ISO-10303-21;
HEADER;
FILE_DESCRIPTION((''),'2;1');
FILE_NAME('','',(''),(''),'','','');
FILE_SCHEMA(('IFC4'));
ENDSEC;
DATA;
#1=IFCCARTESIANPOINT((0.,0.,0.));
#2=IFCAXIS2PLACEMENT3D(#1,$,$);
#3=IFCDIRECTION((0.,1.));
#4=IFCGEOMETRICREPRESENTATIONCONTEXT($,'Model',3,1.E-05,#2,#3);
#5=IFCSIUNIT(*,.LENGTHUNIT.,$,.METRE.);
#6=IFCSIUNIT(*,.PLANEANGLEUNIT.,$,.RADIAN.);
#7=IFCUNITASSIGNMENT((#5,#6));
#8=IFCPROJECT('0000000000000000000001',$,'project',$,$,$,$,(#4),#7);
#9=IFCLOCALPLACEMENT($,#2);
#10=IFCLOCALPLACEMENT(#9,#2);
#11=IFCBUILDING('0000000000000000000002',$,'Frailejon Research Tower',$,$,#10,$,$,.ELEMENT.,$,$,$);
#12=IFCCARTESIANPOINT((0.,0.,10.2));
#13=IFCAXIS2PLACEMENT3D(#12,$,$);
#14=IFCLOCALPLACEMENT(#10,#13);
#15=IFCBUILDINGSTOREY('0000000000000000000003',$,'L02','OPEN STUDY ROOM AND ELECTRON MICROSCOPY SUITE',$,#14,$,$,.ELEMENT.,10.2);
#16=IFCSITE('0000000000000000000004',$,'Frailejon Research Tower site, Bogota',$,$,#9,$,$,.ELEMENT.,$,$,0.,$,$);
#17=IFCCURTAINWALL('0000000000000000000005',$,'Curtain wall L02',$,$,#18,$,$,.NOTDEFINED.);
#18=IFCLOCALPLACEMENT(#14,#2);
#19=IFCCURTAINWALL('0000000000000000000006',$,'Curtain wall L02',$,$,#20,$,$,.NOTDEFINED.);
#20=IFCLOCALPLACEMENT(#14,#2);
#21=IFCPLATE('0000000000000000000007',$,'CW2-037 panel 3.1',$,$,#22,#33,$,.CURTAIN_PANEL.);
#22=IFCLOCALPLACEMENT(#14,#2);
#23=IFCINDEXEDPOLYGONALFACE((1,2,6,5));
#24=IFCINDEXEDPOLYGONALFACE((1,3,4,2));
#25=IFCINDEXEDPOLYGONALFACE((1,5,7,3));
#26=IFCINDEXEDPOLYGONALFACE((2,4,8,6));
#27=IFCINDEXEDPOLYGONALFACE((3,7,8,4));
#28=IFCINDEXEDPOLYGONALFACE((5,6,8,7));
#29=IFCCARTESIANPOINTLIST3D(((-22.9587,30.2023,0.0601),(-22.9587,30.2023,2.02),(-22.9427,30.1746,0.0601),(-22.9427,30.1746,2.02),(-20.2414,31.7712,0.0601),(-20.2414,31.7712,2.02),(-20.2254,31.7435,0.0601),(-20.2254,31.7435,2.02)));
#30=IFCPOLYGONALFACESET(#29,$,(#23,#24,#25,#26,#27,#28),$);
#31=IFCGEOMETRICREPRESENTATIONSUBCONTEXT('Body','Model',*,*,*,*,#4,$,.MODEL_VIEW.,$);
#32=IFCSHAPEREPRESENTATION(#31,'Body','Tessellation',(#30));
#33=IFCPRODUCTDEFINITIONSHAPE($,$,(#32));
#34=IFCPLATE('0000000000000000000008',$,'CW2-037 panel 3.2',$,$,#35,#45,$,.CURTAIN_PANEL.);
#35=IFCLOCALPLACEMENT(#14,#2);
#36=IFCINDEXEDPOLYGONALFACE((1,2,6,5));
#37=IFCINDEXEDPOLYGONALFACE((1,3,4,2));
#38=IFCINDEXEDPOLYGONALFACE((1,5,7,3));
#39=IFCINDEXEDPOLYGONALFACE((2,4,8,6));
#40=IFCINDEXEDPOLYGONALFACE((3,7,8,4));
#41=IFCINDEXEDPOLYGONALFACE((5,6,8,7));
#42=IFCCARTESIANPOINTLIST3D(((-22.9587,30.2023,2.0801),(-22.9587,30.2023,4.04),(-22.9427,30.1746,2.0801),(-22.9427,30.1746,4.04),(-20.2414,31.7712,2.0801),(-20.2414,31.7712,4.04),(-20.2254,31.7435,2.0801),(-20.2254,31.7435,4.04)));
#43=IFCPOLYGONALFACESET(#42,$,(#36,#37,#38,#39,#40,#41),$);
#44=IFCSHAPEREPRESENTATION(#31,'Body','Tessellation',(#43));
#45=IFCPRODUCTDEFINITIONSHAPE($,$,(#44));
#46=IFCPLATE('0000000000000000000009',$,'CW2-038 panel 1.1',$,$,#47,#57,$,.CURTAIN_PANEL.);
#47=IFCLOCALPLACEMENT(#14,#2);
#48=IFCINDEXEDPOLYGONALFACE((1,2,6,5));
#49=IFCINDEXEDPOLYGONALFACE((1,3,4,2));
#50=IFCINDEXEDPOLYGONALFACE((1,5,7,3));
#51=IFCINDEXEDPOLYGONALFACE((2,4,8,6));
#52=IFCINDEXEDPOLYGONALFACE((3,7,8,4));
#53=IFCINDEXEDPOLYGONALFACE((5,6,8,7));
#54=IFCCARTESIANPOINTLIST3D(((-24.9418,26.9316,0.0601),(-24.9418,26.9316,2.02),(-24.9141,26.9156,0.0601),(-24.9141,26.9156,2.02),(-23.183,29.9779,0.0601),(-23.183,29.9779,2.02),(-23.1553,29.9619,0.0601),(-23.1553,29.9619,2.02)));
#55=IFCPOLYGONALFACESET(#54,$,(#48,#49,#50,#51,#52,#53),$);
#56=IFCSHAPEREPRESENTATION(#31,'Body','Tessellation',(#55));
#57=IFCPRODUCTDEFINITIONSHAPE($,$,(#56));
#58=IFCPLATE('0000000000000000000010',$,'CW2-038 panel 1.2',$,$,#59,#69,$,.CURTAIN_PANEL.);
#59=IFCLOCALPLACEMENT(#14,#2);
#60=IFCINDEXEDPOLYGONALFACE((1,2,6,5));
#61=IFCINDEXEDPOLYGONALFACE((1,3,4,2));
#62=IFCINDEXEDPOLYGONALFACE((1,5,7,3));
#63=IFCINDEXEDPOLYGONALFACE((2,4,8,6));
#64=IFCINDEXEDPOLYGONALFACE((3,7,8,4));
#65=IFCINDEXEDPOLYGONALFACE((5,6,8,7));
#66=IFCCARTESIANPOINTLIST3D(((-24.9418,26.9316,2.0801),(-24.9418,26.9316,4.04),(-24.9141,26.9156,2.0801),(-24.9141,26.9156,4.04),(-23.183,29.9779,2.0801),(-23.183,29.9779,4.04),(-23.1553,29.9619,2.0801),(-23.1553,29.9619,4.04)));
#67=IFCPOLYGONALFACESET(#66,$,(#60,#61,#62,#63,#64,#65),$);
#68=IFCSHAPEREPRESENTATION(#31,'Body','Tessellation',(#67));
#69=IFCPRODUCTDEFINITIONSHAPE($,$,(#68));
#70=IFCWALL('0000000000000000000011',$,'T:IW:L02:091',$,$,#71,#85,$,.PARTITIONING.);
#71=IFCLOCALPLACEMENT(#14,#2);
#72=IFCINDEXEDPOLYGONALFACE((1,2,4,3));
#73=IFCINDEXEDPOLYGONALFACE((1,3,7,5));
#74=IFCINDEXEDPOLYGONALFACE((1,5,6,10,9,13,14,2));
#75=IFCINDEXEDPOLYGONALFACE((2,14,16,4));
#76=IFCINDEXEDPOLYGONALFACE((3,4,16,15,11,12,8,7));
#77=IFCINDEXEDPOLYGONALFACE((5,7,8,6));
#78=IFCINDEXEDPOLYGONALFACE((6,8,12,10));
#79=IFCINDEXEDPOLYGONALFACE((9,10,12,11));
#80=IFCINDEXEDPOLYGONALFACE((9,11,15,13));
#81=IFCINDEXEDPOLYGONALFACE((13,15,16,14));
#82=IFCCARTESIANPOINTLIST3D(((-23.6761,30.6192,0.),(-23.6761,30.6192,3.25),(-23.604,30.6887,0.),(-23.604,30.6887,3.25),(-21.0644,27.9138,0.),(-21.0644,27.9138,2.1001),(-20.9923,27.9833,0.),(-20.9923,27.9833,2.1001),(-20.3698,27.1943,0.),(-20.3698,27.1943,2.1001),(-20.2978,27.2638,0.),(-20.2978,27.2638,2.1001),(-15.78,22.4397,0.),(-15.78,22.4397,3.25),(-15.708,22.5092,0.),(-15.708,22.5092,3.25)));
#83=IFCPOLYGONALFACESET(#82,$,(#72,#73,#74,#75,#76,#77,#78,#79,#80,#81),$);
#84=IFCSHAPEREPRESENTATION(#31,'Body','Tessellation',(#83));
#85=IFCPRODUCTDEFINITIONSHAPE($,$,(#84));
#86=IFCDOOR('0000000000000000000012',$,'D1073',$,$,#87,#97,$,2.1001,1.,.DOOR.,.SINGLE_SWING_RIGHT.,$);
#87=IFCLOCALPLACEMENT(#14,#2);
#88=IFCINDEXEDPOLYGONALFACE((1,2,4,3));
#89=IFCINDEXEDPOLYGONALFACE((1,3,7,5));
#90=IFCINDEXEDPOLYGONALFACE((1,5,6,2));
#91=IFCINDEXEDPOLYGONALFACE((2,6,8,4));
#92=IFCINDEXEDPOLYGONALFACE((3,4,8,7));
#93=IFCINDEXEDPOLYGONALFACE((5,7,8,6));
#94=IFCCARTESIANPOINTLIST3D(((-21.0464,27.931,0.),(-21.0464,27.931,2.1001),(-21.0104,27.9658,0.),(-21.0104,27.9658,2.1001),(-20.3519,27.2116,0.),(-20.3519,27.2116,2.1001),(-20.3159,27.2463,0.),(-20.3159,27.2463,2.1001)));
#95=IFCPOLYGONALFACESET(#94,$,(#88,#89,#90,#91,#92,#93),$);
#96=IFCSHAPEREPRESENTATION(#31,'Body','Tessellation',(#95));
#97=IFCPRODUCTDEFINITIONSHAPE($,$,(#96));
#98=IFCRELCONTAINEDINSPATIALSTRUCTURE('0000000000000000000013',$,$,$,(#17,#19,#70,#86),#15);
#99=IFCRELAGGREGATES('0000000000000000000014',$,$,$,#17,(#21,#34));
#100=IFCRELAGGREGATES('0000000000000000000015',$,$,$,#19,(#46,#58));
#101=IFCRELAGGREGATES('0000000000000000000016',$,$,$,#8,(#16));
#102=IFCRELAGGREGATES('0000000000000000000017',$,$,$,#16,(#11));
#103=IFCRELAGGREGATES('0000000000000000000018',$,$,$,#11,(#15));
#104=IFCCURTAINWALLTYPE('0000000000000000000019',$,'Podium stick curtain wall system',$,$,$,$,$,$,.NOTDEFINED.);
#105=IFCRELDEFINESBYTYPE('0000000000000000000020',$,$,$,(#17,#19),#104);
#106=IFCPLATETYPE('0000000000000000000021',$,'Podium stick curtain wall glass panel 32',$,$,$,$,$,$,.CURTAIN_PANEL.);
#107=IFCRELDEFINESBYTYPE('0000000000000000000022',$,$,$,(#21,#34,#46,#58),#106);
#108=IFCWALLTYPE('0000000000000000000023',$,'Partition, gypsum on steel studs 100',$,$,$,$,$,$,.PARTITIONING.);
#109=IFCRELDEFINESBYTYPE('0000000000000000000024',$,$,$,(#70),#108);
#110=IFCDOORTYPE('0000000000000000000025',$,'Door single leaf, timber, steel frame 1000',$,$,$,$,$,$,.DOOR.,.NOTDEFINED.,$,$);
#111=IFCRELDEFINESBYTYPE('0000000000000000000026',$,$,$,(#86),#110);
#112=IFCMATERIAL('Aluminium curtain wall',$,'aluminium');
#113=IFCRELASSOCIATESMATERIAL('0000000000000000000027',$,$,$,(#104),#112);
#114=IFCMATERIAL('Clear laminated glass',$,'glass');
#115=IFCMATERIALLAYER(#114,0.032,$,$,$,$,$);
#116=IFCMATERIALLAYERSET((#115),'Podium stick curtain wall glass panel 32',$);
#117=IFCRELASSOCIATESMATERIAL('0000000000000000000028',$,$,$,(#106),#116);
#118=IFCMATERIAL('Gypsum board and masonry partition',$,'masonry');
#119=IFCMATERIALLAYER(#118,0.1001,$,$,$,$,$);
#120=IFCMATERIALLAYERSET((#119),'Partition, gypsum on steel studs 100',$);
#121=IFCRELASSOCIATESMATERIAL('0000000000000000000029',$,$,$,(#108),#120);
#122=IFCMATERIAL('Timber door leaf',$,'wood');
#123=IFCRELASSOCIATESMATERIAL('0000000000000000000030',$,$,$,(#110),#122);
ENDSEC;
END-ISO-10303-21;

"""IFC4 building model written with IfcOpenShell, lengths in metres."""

from ifc_helpers import new_model, si_unit, direction, frame, frame_2d, origin, origin_2d, place, context, subcontext, project, spatial, rectangle, extrude, material, layer, layer_set, type_object, element, fill, aggregate, save


model = new_model("IFC4")

# Units and contexts
model_context = context("Model", 3, precision=1e-05, world=origin(), true_north=direction((0.0, 1.0)))
body_context = subcontext(model_context, "Body", "Model", "MODEL_VIEW")
ifc_project = project(units=[si_unit("LENGTHUNIT", "METRE"), si_unit("PLANEANGLEUNIT", "RADIAN")], contexts=[model_context])

# Site, building, storey
site_placement = place(None, origin())
site = spatial("IfcSite", under=ifc_project, at=site_placement, Name="Frailejon Research Tower site, Bogota", CompositionType="ELEMENT", RefElevation=0.0)
building_placement = place(site_placement, origin())
building = spatial("IfcBuilding", under=site, at=building_placement, Name="Frailejon Research Tower", CompositionType="ELEMENT")
storey_placement = place(building_placement, frame((0.0, 0.0, 10.2)))
storey = spatial("IfcBuildingStorey", under=building, at=storey_placement, Name="L02", Description="OPEN STUDY ROOM AND ELECTRON MICROSCOPY SUITE", CompositionType="ELEMENT", Elevation=10.2)

# Curtain wall
ifc_material_1 = material(Name="Aluminium curtain wall", Category="aluminium")
curtain_wall_type = type_object("IfcCurtainWallType", Name="Podium stick curtain wall system", PredefinedType="NOTDEFINED", material=ifc_material_1)
curtain_wall_1_placement = place(storey_placement, origin())
curtain_wall_1 = element("IfcCurtainWall", 1, at=curtain_wall_1_placement, inside=storey, type_object=curtain_wall_type, Name="Curtain wall L02", PredefinedType="NOTDEFINED")

# Curtain wall
curtain_wall_2_placement = place(storey_placement, origin())
curtain_wall_2 = element("IfcCurtainWall", 2, at=curtain_wall_2_placement, inside=storey, type_object=curtain_wall_type, Name="Curtain wall L02", PredefinedType="NOTDEFINED")

# Plates
ifc_material_2 = material(Name="Clear laminated glass", Category="glass")
ifc_layer_1 = layer(ifc_material_2, 0.032)
ifc_layer_set_1 = layer_set([ifc_layer_1], Name="Podium stick curtain wall glass panel 32")
plate_type = type_object("IfcPlateType", Name="Podium stick curtain wall glass panel 32", PredefinedType="CURTAIN_PANEL", material=ifc_layer_set_1)
plate_1_placement = place(storey_placement, frame((-21.592, 30.9729, 0.0601), z_axis=(0.0, 0.0, 1.0), x_axis=(-0.866025, -0.5, 0.0)))
plate_1 = element("IfcPlate", 3, at=plate_1_placement, type_object=plate_type, Name="CW2-037 panel 3.1", PredefinedType="CURTAIN_PANEL", context=body_context, shape_type="SweptSolid", body=[
    extrude(rectangle(XDim=3.1377, YDim=0.032, at=origin_2d()), origin(), (0.0, 0.0, 1.0), 1.96),
])
plate_2_placement = place(storey_placement, frame((-21.592, 30.9729, 2.0801), z_axis=(0.0, 0.0, 1.0), x_axis=(-0.866025, -0.5, 0.0)))
plate_2 = element("IfcPlate", 4, at=plate_2_placement, type_object=plate_type, Name="CW2-037 panel 3.2", PredefinedType="CURTAIN_PANEL", context=body_context, shape_type="SweptSolid", body=[
    extrude(rectangle(XDim=3.1377, YDim=0.032, at=origin_2d()), origin(), (0.0, 0.0, 1.0), 1.96),
])
aggregate(curtain_wall_1, [plate_1, plate_2])
plate_3_placement = place(storey_placement, frame((-24.0486, 28.4468, 0.0601), z_axis=(0.0, 0.0, 1.0), x_axis=(-0.499998, -0.866026, 0.0)))
plate_3 = element("IfcPlate", 5, at=plate_3_placement, type_object=plate_type, Name="CW2-038 panel 1.1", PredefinedType="CURTAIN_PANEL", context=body_context, shape_type="SweptSolid", body=[
    extrude(rectangle(XDim=3.5176, YDim=0.032, at=origin_2d()), origin(), (0.0, 0.0, 1.0), 1.96),
])
plate_4_placement = place(storey_placement, frame((-24.0486, 28.4468, 2.0801), z_axis=(0.0, 0.0, 1.0), x_axis=(-0.499998, -0.866026, 0.0)))
plate_4 = element("IfcPlate", 6, at=plate_4_placement, type_object=plate_type, Name="CW2-038 panel 1.2", PredefinedType="CURTAIN_PANEL", context=body_context, shape_type="SweptSolid", body=[
    extrude(rectangle(XDim=3.5176, YDim=0.032, at=origin_2d()), origin(), (0.0, 0.0, 1.0), 1.96),
])
aggregate(curtain_wall_2, [plate_3, plate_4])

# Wall, opening, door
ifc_material_3 = material(Name="Gypsum board and masonry partition", Category="masonry")
ifc_layer_2 = layer(ifc_material_3, 0.1001)
ifc_layer_set_2 = layer_set([ifc_layer_2], Name="Partition, gypsum on steel studs 100")
wall_type = type_object("IfcWallType", Name="Partition, gypsum on steel studs 100", PredefinedType="PARTITIONING", material=ifc_layer_set_2)
wall_placement = place(storey_placement, frame((-23.6401, 30.6541, 0.0), z_axis=(0.0, 0.0, 1.0), x_axis=(0.694531, -0.719463, 0.0)))
wall = element("IfcWall", 7, at=wall_placement, inside=storey, type_object=wall_type, Name="T:IW:L02:091", PredefinedType="PARTITIONING", context=body_context, shape_type="SweptSolid", body=[
    extrude(rectangle(XDim=11.3689, YDim=0.1001, at=frame_2d((5.6846, 0.0))), origin(), (0.0, 0.0, 1.0), 3.25),
])
opening_placement = place(wall_placement, frame((3.7605, 0.0, 0.0)))
opening = element("IfcOpeningElement", 8, at=opening_placement, cuts=wall, PredefinedType="OPENING", context=body_context, shape_type="SweptSolid", body=[
    extrude(rectangle(XDim=1.0, YDim=2.1001, at=frame_2d((0.5, 1.05))), frame((0.0, 0.0601, 0.0), z_axis=(0.0, -1.0, 0.0), x_axis=(1.0, 0.0, 0.0)), (0.0, 0.0, 1.0), 0.1201),
])
ifc_material_4 = material(Name="Timber door leaf", Category="wood")
door_type = type_object("IfcDoorType", Name="Door single leaf, timber, steel frame 1000", OperationType="NOTDEFINED", PredefinedType="DOOR", material=ifc_material_4)
door_placement = place(opening_placement, origin())
door = element("IfcDoor", 9, at=door_placement, inside=storey, type_object=door_type, Name="D1073", OperationType="SINGLE_SWING_RIGHT", OverallHeight=2.1001, OverallWidth=1.0, PredefinedType="DOOR", context=body_context, shape_type="SweptSolid", body=[
    extrude(rectangle(XDim=1.0, YDim=2.1001, at=frame_2d((0.5, 1.05))), frame((0.0, 0.0249, 0.0), z_axis=(0.0, -1.0, 0.0), x_axis=(1.0, 0.0, 0.0)), (0.0, 0.0, 1.0), 0.05),
])
fill(opening, door)

save(model, "model.ifc")
